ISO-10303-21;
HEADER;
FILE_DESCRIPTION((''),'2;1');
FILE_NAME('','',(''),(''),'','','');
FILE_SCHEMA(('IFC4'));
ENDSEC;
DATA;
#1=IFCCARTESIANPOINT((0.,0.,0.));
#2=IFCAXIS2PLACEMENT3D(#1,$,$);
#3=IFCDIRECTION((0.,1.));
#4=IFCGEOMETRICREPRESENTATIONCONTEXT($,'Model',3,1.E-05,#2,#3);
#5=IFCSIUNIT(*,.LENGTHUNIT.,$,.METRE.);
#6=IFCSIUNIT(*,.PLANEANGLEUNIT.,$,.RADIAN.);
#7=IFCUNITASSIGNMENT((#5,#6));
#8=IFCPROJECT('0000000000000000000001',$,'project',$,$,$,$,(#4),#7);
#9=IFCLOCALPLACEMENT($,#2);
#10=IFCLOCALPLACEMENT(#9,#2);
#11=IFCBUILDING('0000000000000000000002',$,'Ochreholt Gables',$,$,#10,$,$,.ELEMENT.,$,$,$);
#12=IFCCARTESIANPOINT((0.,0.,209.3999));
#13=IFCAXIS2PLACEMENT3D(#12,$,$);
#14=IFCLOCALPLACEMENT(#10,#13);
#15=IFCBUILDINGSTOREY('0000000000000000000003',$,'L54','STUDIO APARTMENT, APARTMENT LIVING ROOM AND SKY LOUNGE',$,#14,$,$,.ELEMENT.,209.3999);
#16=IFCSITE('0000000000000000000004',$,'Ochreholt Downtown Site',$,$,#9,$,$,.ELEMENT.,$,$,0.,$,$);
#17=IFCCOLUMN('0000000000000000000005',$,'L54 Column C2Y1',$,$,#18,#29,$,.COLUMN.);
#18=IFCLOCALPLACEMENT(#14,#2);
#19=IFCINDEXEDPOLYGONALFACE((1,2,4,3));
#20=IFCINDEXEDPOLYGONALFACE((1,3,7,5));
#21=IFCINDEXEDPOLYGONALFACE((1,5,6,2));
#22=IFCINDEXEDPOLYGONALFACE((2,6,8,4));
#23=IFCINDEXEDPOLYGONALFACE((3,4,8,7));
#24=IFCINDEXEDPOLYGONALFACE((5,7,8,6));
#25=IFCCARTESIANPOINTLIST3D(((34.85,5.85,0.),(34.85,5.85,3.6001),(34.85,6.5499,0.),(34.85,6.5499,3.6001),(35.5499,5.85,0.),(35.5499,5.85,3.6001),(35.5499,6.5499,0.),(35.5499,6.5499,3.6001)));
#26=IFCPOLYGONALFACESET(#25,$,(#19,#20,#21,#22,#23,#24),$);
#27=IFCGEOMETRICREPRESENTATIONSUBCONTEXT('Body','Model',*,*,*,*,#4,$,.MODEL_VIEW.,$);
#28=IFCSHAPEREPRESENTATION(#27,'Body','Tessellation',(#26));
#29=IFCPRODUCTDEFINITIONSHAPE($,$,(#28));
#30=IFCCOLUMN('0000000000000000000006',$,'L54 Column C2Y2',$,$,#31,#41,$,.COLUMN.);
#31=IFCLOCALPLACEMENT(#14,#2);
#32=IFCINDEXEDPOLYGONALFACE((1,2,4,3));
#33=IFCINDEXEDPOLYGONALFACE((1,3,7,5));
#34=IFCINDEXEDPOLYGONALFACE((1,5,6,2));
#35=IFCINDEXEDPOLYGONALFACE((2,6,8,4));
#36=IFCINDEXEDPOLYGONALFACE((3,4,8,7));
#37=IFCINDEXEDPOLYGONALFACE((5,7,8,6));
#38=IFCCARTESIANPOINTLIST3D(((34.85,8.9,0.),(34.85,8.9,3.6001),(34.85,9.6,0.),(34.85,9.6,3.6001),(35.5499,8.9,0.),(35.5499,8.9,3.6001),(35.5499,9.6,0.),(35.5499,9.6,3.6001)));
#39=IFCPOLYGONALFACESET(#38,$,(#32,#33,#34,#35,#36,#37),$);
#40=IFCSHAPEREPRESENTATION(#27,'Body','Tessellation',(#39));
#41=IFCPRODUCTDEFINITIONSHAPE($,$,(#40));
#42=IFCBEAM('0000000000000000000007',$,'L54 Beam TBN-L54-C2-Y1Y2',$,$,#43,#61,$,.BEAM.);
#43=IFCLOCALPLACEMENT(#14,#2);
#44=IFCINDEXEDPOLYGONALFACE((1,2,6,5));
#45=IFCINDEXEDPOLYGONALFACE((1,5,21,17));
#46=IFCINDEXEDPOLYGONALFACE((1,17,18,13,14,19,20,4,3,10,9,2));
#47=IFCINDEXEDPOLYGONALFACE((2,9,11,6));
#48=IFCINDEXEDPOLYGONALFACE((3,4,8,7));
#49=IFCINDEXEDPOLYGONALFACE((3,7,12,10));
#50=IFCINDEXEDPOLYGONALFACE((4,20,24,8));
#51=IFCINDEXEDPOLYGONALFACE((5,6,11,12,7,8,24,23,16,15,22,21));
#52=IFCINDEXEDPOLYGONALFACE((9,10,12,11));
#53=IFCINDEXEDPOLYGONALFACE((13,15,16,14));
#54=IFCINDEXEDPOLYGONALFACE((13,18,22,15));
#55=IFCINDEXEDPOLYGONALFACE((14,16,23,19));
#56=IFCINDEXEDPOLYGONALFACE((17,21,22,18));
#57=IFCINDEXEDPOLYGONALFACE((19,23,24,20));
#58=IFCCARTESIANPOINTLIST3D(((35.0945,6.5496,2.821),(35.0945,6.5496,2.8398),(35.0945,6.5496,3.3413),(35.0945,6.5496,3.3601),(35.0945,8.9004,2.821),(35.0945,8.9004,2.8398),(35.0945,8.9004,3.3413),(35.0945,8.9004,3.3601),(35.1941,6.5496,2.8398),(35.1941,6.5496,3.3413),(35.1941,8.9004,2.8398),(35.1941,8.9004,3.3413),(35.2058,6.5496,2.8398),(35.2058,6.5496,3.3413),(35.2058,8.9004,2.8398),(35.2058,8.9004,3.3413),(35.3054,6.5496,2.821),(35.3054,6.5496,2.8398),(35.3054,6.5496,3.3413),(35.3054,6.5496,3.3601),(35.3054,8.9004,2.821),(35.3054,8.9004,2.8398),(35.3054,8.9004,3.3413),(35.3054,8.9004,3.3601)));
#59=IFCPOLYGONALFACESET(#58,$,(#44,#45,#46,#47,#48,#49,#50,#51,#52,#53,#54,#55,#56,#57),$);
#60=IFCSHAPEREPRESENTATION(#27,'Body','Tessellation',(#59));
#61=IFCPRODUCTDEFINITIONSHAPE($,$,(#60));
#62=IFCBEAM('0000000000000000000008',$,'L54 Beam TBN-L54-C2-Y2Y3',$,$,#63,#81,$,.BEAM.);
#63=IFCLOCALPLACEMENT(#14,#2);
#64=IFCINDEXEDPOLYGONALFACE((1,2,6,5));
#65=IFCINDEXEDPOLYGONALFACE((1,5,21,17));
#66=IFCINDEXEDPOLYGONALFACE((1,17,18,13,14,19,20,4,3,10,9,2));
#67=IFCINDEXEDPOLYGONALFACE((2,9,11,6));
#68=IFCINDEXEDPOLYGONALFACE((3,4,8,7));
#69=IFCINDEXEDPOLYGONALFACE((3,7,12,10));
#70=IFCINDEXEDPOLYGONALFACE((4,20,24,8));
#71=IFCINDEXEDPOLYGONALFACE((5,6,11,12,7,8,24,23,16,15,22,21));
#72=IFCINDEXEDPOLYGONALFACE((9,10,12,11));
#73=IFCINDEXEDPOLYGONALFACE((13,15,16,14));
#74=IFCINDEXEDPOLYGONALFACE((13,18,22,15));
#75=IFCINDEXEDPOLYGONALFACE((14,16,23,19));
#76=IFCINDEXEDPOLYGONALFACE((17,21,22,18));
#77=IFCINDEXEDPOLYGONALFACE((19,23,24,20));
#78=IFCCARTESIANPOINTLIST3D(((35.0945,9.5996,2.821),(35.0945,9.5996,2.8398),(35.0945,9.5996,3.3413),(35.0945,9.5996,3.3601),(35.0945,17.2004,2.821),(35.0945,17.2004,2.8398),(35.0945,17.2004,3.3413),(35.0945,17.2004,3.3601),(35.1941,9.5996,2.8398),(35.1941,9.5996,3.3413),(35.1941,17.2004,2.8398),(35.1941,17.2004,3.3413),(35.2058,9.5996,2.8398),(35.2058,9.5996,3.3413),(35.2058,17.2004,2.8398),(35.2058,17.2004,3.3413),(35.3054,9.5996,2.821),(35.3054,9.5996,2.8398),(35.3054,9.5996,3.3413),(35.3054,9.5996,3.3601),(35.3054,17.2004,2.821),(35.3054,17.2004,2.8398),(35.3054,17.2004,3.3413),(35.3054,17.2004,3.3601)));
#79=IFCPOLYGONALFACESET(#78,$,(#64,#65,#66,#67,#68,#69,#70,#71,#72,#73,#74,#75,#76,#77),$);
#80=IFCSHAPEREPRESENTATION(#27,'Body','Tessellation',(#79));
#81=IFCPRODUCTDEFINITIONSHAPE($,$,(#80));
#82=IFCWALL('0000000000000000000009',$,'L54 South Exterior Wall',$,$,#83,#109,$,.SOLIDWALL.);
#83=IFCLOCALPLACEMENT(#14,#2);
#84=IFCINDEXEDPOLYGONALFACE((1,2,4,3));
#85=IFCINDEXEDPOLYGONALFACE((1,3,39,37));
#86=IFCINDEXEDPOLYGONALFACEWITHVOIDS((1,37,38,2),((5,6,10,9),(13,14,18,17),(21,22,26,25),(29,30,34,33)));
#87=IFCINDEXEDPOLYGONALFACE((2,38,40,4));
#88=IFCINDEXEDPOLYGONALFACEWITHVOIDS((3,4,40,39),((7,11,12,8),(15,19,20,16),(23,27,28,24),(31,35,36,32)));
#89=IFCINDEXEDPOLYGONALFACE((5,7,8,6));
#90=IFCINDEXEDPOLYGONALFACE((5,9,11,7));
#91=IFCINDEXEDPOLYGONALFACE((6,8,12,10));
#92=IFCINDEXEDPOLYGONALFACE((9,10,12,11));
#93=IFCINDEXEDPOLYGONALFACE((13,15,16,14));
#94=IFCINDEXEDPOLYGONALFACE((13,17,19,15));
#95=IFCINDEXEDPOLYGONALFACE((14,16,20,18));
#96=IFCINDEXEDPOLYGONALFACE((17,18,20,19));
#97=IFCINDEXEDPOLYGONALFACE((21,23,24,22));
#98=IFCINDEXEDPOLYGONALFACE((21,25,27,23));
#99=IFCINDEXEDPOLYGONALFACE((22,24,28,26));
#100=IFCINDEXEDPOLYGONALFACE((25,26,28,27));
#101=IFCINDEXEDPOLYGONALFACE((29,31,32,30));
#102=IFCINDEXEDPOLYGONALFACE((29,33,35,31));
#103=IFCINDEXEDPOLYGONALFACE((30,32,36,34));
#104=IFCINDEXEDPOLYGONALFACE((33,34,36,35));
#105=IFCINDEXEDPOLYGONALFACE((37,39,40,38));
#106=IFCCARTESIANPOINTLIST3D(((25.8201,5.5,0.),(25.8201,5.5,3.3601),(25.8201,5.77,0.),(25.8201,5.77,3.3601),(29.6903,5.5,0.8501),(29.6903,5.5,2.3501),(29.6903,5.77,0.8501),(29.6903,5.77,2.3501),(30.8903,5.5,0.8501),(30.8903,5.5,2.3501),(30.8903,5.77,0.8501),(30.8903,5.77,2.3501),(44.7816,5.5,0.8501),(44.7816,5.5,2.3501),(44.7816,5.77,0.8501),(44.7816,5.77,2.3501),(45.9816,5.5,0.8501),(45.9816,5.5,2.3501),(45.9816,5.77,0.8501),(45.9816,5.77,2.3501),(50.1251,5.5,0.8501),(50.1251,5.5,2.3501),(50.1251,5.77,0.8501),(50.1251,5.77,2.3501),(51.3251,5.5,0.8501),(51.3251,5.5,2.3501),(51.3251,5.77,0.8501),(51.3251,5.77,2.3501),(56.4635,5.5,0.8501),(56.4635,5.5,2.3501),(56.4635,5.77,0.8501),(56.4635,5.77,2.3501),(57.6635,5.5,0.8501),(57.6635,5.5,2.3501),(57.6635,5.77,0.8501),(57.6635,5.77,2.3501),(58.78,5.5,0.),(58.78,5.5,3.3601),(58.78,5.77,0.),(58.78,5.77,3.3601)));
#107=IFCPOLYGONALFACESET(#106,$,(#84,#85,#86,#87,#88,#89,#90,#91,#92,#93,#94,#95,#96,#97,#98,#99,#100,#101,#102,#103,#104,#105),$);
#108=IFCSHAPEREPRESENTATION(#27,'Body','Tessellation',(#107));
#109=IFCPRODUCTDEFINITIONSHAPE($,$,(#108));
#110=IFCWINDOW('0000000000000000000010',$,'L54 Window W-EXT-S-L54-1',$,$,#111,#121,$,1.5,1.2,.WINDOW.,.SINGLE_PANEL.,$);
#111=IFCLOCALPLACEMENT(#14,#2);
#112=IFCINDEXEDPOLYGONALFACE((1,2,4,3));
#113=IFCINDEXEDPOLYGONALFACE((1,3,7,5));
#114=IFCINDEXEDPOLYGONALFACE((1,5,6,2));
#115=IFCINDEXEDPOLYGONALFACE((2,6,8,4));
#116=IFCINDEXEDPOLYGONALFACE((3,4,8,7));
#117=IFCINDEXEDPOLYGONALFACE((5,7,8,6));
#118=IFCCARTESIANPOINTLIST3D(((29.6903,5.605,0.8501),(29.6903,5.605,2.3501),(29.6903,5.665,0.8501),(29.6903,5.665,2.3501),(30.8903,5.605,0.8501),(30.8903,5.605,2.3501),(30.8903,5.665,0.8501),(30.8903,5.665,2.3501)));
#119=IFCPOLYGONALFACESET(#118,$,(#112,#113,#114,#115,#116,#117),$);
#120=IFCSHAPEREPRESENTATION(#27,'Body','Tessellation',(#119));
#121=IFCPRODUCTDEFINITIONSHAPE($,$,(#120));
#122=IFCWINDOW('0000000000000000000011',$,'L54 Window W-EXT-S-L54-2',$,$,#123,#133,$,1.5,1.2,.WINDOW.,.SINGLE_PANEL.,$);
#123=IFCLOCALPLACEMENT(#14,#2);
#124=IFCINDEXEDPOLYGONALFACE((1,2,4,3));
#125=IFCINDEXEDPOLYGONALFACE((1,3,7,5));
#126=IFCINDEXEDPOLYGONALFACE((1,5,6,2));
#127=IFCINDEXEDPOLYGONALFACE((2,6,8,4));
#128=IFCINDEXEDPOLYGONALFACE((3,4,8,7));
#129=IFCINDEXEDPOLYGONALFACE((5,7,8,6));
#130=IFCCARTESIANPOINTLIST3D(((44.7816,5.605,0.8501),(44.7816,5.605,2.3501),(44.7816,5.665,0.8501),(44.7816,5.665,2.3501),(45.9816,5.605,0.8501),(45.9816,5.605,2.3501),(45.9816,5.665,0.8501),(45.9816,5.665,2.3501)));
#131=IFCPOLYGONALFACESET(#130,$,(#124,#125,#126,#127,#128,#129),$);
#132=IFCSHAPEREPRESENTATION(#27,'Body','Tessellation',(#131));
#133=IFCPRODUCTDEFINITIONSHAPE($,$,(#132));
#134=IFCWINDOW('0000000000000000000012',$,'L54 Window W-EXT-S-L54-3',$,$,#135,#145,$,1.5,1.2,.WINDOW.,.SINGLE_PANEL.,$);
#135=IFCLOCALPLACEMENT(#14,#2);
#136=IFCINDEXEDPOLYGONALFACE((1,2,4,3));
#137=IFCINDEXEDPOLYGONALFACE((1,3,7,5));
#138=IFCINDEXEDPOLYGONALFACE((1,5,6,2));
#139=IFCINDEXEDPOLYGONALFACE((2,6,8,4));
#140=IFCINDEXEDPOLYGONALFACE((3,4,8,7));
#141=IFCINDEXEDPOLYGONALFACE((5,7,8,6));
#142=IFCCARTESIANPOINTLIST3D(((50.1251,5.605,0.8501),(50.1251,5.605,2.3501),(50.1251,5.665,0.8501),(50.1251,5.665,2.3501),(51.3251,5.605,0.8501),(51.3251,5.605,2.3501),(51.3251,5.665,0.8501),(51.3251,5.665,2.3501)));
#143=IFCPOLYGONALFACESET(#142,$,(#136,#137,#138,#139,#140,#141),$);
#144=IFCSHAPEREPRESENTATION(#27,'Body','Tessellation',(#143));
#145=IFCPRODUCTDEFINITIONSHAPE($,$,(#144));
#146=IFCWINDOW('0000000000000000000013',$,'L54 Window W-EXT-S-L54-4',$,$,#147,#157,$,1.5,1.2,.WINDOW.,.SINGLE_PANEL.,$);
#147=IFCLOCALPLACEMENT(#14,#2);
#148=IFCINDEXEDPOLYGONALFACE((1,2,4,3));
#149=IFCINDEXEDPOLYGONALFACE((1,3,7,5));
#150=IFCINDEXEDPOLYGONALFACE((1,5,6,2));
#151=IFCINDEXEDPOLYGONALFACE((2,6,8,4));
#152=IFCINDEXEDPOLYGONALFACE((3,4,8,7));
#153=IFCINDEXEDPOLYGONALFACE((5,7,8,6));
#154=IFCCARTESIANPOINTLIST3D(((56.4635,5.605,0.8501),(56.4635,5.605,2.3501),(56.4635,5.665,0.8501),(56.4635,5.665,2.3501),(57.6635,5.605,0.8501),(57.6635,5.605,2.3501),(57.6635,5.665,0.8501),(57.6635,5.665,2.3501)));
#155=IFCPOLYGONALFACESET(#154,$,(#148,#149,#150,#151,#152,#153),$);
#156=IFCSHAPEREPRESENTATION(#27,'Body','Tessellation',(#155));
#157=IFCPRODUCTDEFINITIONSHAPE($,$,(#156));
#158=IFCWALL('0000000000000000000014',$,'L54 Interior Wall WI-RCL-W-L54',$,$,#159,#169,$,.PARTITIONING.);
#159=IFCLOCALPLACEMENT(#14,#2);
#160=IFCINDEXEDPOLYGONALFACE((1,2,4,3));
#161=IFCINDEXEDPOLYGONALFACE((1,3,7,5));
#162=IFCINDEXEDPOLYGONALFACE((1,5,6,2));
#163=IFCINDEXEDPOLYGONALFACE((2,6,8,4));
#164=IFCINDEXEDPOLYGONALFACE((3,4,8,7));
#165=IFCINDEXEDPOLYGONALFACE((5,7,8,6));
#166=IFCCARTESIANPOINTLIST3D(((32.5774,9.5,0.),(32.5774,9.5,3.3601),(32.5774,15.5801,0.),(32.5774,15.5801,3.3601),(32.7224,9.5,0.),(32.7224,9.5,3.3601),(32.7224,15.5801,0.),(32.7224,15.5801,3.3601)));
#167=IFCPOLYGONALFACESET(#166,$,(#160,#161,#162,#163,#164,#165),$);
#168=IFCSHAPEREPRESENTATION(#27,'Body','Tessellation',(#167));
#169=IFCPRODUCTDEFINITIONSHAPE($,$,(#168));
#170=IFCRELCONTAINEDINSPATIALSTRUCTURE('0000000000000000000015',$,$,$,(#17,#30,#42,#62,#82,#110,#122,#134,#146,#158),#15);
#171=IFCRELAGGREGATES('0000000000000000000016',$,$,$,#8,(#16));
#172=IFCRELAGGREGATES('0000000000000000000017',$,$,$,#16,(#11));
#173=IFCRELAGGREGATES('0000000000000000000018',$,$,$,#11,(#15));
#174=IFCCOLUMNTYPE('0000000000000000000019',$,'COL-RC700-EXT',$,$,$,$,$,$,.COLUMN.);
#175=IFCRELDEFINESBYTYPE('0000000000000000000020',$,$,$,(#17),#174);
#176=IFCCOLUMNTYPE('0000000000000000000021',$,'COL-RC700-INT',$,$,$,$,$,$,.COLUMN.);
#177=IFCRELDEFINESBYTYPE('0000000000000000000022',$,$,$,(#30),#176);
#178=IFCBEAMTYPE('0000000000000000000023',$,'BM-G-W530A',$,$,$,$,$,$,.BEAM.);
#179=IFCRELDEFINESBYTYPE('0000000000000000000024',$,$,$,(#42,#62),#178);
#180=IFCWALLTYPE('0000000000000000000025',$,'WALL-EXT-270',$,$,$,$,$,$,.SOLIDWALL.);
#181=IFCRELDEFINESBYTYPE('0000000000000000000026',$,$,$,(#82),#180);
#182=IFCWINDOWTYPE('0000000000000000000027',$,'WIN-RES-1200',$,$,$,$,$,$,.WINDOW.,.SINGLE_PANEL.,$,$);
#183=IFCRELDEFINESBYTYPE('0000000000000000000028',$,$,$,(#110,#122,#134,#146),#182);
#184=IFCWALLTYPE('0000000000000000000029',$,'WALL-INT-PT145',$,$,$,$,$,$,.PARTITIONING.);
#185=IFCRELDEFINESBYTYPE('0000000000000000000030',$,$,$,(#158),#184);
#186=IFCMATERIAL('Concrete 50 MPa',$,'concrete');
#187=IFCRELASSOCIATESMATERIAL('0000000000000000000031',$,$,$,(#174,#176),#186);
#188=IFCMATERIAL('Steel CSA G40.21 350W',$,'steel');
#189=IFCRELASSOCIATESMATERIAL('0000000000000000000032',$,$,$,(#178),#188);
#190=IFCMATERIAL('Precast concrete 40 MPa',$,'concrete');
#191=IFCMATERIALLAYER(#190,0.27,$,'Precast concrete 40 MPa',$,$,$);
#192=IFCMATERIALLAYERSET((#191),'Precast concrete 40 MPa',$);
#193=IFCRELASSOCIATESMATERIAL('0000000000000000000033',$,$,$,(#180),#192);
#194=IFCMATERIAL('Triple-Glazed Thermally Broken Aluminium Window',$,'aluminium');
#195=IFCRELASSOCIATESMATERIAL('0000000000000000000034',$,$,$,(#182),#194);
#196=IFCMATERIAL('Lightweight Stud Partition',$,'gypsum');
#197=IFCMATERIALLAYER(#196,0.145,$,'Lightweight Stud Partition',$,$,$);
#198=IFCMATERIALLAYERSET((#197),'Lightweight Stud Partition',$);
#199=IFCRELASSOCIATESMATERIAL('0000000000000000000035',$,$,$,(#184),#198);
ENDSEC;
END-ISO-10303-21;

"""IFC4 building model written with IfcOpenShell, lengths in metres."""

from ifc_helpers import new_model, si_unit, direction, frame, frame_2d, origin, origin_2d, place, context, subcontext, project, spatial, rectangle, i_section, extrude, material, layer, layer_set, material_profile, profile_set, type_object, element, fill, save


model = new_model("IFC4")

# Units and contexts
model_context = context("Model", 3, precision=1e-05, world=origin(), true_north=direction((0.0, 1.0)))
body_context = subcontext(model_context, "Body", "Model", "MODEL_VIEW")
ifc_project = project(units=[si_unit("LENGTHUNIT", "METRE"), si_unit("PLANEANGLEUNIT", "RADIAN")], contexts=[model_context])

# Site, building, storey
site_placement = place(None, origin())
site = spatial("IfcSite", under=ifc_project, at=site_placement, Name="Ochreholt Downtown Site", CompositionType="ELEMENT", RefElevation=0.0)
building_placement = place(site_placement, origin())
building = spatial("IfcBuilding", under=site, at=building_placement, Name="Ochreholt Gables", CompositionType="ELEMENT")
storey_placement = place(building_placement, frame((0.0, 0.0, 209.3999)))
storey = spatial("IfcBuildingStorey", under=building, at=storey_placement, Name="L54", Description="STUDIO APARTMENT, APARTMENT LIVING ROOM AND SKY LOUNGE", CompositionType="ELEMENT", Elevation=209.3999)

# Columns
ifc_material_1 = material(Name="Concrete 50 MPa", Category="concrete")
ifc_material_profile_1 = material_profile(ifc_material_1, rectangle(XDim=0.7, YDim=0.7, at=origin_2d()), Name="RC700X700")
ifc_profile_set_1 = profile_set([ifc_material_profile_1], Name="Concrete 50 MPa")
column_type_1 = type_object("IfcColumnType", Name="COL-RC700-EXT", PredefinedType="COLUMN", material=ifc_profile_set_1)
column_1_placement = place(storey_placement, frame((35.2, 6.2, 0.0), z_axis=(0.0, 0.0, 1.0), x_axis=(1.0, 0.0, 0.0)))
element("IfcColumn", 1, at=column_1_placement, inside=storey, type_object=column_type_1, Name="L54 Column C2Y1", PredefinedType="COLUMN", context=body_context, shape_type="SweptSolid", body=[
    extrude(rectangle(XDim=0.7, YDim=0.7, at=origin_2d()), origin(), (0.0, 0.0, 1.0), 3.6001),
])
ifc_material_profile_2 = material_profile(ifc_material_1, rectangle(XDim=0.7, YDim=0.7, at=origin_2d()), Name="RC700X700")
ifc_profile_set_2 = profile_set([ifc_material_profile_2], Name="Concrete 50 MPa")
column_type_2 = type_object("IfcColumnType", Name="COL-RC700-INT", PredefinedType="COLUMN", material=ifc_profile_set_2)
column_2_placement = place(storey_placement, frame((35.2, 9.25, 0.0), z_axis=(0.0, 0.0, 1.0), x_axis=(1.0, 0.0, 0.0)))
element("IfcColumn", 2, at=column_2_placement, inside=storey, type_object=column_type_2, Name="L54 Column C2Y2", PredefinedType="COLUMN", context=body_context, shape_type="SweptSolid", body=[
    extrude(rectangle(XDim=0.7, YDim=0.7, at=origin_2d()), origin(), (0.0, 0.0, 1.0), 3.6001),
])

# Beams
ifc_material_2 = material(Name="Steel CSA G40.21 350W", Category="steel")
ifc_material_profile_3 = material_profile(ifc_material_2, i_section(OverallWidth=0.2109, OverallDepth=0.5391, WebThickness=0.0117, FlangeThickness=0.0188, at=origin_2d()), Name="W530X109")
ifc_profile_set_3 = profile_set([ifc_material_profile_3], Name="Steel CSA G40.21 350W")
beam_type = type_object("IfcBeamType", Name="BM-G-W530A", PredefinedType="BEAM", material=ifc_profile_set_3)
beam_1_placement = place(storey_placement, frame((35.2, 6.5496, 3.0906), z_axis=(0.0, 1.0, 0.0), x_axis=(-1.0, 0.0, 0.0)))
element("IfcBeam", 3, at=beam_1_placement, inside=storey, type_object=beam_type, Name="L54 Beam TBN-L54-C2-Y1Y2", PredefinedType="BEAM", context=body_context, shape_type="SweptSolid", body=[
    extrude(i_section(OverallWidth=0.2109, OverallDepth=0.5391, WebThickness=0.0117, FlangeThickness=0.0188, at=origin_2d()), origin(), (0.0, 0.0, 1.0), 2.3508),
])
beam_2_placement = place(storey_placement, frame((35.2, 9.5996, 3.0906), z_axis=(0.0, 1.0, 0.0), x_axis=(-1.0, 0.0, 0.0)))
element("IfcBeam", 4, at=beam_2_placement, inside=storey, type_object=beam_type, Name="L54 Beam TBN-L54-C2-Y2Y3", PredefinedType="BEAM", context=body_context, shape_type="SweptSolid", body=[
    extrude(i_section(OverallWidth=0.2109, OverallDepth=0.5391, WebThickness=0.0117, FlangeThickness=0.0188, at=origin_2d()), origin(), (0.0, 0.0, 1.0), 7.6008),
])

# Wall, openings, windows
ifc_material_3 = material(Name="Precast concrete 40 MPa", Category="concrete")
ifc_layer_1 = layer(ifc_material_3, 0.27, Name="Precast concrete 40 MPa")
ifc_layer_set_1 = layer_set([ifc_layer_1], Name="Precast concrete 40 MPa")
wall_type_1 = type_object("IfcWallType", Name="WALL-EXT-270", PredefinedType="SOLIDWALL", material=ifc_layer_set_1)
wall_1_placement = place(storey_placement, frame((25.8201, 5.635, 0.0), z_axis=(0.0, 0.0, 1.0), x_axis=(1.0, 0.0, 0.0)))
wall_1 = element("IfcWall", 5, at=wall_1_placement, inside=storey, type_object=wall_type_1, Name="L54 South Exterior Wall", PredefinedType="SOLIDWALL", context=body_context, shape_type="SweptSolid", body=[
    extrude(rectangle(XDim=32.96, YDim=0.27, at=frame_2d((16.48, 0.0))), origin(), (0.0, 0.0, 1.0), 3.3601),
])
opening_1_placement = place(wall_1_placement, frame((3.8701, 0.0, 0.8501)))
opening_1 = element("IfcOpeningElement", 6, at=opening_1_placement, cuts=wall_1, PredefinedType="OPENING", context=body_context, shape_type="SweptSolid", body=[
    extrude(rectangle(XDim=1.2, YDim=1.5, at=frame_2d((0.6001, 0.75))), frame((0.0, 0.145, 0.0), z_axis=(0.0, -1.0, 0.0), x_axis=(1.0, 0.0, 0.0)), (0.0, 0.0, 1.0), 0.29),
])
opening_2_placement = place(wall_1_placement, frame((18.9614, 0.0, 0.8501)))
opening_2 = element("IfcOpeningElement", 7, at=opening_2_placement, cuts=wall_1, PredefinedType="OPENING", context=body_context, shape_type="SweptSolid", body=[
    extrude(rectangle(XDim=1.2, YDim=1.5, at=frame_2d((0.6001, 0.75))), frame((0.0, 0.145, 0.0), z_axis=(0.0, -1.0, 0.0), x_axis=(1.0, 0.0, 0.0)), (0.0, 0.0, 1.0), 0.29),
])
opening_3_placement = place(wall_1_placement, frame((24.3049, 0.0, 0.8501)))
opening_3 = element("IfcOpeningElement", 8, at=opening_3_placement, cuts=wall_1, PredefinedType="OPENING", context=body_context, shape_type="SweptSolid", body=[
    extrude(rectangle(XDim=1.2, YDim=1.5, at=frame_2d((0.6001, 0.75))), frame((0.0, 0.145, 0.0), z_axis=(0.0, -1.0, 0.0), x_axis=(1.0, 0.0, 0.0)), (0.0, 0.0, 1.0), 0.29),
])
opening_4_placement = place(wall_1_placement, frame((30.6433, 0.0, 0.8501)))
opening_4 = element("IfcOpeningElement", 9, at=opening_4_placement, cuts=wall_1, PredefinedType="OPENING", context=body_context, shape_type="SweptSolid", body=[
    extrude(rectangle(XDim=1.2, YDim=1.5, at=frame_2d((0.6001, 0.75))), frame((0.0, 0.145, 0.0), z_axis=(0.0, -1.0, 0.0), x_axis=(1.0, 0.0, 0.0)), (0.0, 0.0, 1.0), 0.29),
])
ifc_material_4 = material(Name="Triple-Glazed Thermally Broken Aluminium Window", Category="aluminium")
window_type = type_object("IfcWindowType", Name="WIN-RES-1200", PartitioningType="SINGLE_PANEL", PredefinedType="WINDOW", material=ifc_material_4)
window_1_placement = place(opening_1_placement, origin())
window_1 = element("IfcWindow", 10, at=window_1_placement, inside=storey, type_object=window_type, Name="L54 Window W-EXT-S-L54-1", OverallHeight=1.5, OverallWidth=1.2, PartitioningType="SINGLE_PANEL", PredefinedType="WINDOW", context=body_context, shape_type="SweptSolid", body=[
    extrude(rectangle(XDim=1.2, YDim=1.5, at=frame_2d((0.6001, 0.75))), frame((0.0, 0.03, 0.0), z_axis=(0.0, -1.0, 0.0), x_axis=(1.0, 0.0, 0.0)), (0.0, 0.0, 1.0), 0.0601),
])
fill(opening_1, window_1)
window_2_placement = place(opening_2_placement, origin())
window_2 = element("IfcWindow", 11, at=window_2_placement, inside=storey, type_object=window_type, Name="L54 Window W-EXT-S-L54-2", OverallHeight=1.5, OverallWidth=1.2, PartitioningType="SINGLE_PANEL", PredefinedType="WINDOW", context=body_context, shape_type="SweptSolid", body=[
    extrude(rectangle(XDim=1.2, YDim=1.5, at=frame_2d((0.6001, 0.75))), frame((0.0, 0.03, 0.0), z_axis=(0.0, -1.0, 0.0), x_axis=(1.0, 0.0, 0.0)), (0.0, 0.0, 1.0), 0.0601),
])
fill(opening_2, window_2)
window_3_placement = place(opening_3_placement, origin())
window_3 = element("IfcWindow", 12, at=window_3_placement, inside=storey, type_object=window_type, Name="L54 Window W-EXT-S-L54-3", OverallHeight=1.5, OverallWidth=1.2, PartitioningType="SINGLE_PANEL", PredefinedType="WINDOW", context=body_context, shape_type="SweptSolid", body=[
    extrude(rectangle(XDim=1.2, YDim=1.5, at=frame_2d((0.6001, 0.75))), frame((0.0, 0.03, 0.0), z_axis=(0.0, -1.0, 0.0), x_axis=(1.0, 0.0, 0.0)), (0.0, 0.0, 1.0), 0.0601),
])
fill(opening_3, window_3)
window_4_placement = place(opening_4_placement, origin())
window_4 = element("IfcWindow", 13, at=window_4_placement, inside=storey, type_object=window_type, Name="L54 Window W-EXT-S-L54-4", OverallHeight=1.5, OverallWidth=1.2, PartitioningType="SINGLE_PANEL", PredefinedType="WINDOW", context=body_context, shape_type="SweptSolid", body=[
    extrude(rectangle(XDim=1.2, YDim=1.5, at=frame_2d((0.6001, 0.75))), frame((0.0, 0.03, 0.0), z_axis=(0.0, -1.0, 0.0), x_axis=(1.0, 0.0, 0.0)), (0.0, 0.0, 1.0), 0.0601),
])
fill(opening_4, window_4)

# Wall
ifc_material_5 = material(Name="Lightweight Stud Partition", Category="gypsum")
ifc_layer_2 = layer(ifc_material_5, 0.145, Name="Lightweight Stud Partition")
ifc_layer_set_2 = layer_set([ifc_layer_2], Name="Lightweight Stud Partition")
wall_type_2 = type_object("IfcWallType", Name="WALL-INT-PT145", PredefinedType="PARTITIONING", material=ifc_layer_set_2)
wall_2_placement = place(storey_placement, frame((32.6499, 9.5, 0.0), z_axis=(0.0, 0.0, 1.0), x_axis=(0.0, 1.0, 0.0)))
element("IfcWall", 14, at=wall_2_placement, inside=storey, type_object=wall_type_2, Name="L54 Interior Wall WI-RCL-W-L54", PredefinedType="PARTITIONING", context=body_context, shape_type="SweptSolid", body=[
    extrude(rectangle(XDim=6.0801, YDim=0.145, at=frame_2d((3.04, 0.0))), origin(), (0.0, 0.0, 1.0), 3.3601),
])

save(model, "model.ifc")
